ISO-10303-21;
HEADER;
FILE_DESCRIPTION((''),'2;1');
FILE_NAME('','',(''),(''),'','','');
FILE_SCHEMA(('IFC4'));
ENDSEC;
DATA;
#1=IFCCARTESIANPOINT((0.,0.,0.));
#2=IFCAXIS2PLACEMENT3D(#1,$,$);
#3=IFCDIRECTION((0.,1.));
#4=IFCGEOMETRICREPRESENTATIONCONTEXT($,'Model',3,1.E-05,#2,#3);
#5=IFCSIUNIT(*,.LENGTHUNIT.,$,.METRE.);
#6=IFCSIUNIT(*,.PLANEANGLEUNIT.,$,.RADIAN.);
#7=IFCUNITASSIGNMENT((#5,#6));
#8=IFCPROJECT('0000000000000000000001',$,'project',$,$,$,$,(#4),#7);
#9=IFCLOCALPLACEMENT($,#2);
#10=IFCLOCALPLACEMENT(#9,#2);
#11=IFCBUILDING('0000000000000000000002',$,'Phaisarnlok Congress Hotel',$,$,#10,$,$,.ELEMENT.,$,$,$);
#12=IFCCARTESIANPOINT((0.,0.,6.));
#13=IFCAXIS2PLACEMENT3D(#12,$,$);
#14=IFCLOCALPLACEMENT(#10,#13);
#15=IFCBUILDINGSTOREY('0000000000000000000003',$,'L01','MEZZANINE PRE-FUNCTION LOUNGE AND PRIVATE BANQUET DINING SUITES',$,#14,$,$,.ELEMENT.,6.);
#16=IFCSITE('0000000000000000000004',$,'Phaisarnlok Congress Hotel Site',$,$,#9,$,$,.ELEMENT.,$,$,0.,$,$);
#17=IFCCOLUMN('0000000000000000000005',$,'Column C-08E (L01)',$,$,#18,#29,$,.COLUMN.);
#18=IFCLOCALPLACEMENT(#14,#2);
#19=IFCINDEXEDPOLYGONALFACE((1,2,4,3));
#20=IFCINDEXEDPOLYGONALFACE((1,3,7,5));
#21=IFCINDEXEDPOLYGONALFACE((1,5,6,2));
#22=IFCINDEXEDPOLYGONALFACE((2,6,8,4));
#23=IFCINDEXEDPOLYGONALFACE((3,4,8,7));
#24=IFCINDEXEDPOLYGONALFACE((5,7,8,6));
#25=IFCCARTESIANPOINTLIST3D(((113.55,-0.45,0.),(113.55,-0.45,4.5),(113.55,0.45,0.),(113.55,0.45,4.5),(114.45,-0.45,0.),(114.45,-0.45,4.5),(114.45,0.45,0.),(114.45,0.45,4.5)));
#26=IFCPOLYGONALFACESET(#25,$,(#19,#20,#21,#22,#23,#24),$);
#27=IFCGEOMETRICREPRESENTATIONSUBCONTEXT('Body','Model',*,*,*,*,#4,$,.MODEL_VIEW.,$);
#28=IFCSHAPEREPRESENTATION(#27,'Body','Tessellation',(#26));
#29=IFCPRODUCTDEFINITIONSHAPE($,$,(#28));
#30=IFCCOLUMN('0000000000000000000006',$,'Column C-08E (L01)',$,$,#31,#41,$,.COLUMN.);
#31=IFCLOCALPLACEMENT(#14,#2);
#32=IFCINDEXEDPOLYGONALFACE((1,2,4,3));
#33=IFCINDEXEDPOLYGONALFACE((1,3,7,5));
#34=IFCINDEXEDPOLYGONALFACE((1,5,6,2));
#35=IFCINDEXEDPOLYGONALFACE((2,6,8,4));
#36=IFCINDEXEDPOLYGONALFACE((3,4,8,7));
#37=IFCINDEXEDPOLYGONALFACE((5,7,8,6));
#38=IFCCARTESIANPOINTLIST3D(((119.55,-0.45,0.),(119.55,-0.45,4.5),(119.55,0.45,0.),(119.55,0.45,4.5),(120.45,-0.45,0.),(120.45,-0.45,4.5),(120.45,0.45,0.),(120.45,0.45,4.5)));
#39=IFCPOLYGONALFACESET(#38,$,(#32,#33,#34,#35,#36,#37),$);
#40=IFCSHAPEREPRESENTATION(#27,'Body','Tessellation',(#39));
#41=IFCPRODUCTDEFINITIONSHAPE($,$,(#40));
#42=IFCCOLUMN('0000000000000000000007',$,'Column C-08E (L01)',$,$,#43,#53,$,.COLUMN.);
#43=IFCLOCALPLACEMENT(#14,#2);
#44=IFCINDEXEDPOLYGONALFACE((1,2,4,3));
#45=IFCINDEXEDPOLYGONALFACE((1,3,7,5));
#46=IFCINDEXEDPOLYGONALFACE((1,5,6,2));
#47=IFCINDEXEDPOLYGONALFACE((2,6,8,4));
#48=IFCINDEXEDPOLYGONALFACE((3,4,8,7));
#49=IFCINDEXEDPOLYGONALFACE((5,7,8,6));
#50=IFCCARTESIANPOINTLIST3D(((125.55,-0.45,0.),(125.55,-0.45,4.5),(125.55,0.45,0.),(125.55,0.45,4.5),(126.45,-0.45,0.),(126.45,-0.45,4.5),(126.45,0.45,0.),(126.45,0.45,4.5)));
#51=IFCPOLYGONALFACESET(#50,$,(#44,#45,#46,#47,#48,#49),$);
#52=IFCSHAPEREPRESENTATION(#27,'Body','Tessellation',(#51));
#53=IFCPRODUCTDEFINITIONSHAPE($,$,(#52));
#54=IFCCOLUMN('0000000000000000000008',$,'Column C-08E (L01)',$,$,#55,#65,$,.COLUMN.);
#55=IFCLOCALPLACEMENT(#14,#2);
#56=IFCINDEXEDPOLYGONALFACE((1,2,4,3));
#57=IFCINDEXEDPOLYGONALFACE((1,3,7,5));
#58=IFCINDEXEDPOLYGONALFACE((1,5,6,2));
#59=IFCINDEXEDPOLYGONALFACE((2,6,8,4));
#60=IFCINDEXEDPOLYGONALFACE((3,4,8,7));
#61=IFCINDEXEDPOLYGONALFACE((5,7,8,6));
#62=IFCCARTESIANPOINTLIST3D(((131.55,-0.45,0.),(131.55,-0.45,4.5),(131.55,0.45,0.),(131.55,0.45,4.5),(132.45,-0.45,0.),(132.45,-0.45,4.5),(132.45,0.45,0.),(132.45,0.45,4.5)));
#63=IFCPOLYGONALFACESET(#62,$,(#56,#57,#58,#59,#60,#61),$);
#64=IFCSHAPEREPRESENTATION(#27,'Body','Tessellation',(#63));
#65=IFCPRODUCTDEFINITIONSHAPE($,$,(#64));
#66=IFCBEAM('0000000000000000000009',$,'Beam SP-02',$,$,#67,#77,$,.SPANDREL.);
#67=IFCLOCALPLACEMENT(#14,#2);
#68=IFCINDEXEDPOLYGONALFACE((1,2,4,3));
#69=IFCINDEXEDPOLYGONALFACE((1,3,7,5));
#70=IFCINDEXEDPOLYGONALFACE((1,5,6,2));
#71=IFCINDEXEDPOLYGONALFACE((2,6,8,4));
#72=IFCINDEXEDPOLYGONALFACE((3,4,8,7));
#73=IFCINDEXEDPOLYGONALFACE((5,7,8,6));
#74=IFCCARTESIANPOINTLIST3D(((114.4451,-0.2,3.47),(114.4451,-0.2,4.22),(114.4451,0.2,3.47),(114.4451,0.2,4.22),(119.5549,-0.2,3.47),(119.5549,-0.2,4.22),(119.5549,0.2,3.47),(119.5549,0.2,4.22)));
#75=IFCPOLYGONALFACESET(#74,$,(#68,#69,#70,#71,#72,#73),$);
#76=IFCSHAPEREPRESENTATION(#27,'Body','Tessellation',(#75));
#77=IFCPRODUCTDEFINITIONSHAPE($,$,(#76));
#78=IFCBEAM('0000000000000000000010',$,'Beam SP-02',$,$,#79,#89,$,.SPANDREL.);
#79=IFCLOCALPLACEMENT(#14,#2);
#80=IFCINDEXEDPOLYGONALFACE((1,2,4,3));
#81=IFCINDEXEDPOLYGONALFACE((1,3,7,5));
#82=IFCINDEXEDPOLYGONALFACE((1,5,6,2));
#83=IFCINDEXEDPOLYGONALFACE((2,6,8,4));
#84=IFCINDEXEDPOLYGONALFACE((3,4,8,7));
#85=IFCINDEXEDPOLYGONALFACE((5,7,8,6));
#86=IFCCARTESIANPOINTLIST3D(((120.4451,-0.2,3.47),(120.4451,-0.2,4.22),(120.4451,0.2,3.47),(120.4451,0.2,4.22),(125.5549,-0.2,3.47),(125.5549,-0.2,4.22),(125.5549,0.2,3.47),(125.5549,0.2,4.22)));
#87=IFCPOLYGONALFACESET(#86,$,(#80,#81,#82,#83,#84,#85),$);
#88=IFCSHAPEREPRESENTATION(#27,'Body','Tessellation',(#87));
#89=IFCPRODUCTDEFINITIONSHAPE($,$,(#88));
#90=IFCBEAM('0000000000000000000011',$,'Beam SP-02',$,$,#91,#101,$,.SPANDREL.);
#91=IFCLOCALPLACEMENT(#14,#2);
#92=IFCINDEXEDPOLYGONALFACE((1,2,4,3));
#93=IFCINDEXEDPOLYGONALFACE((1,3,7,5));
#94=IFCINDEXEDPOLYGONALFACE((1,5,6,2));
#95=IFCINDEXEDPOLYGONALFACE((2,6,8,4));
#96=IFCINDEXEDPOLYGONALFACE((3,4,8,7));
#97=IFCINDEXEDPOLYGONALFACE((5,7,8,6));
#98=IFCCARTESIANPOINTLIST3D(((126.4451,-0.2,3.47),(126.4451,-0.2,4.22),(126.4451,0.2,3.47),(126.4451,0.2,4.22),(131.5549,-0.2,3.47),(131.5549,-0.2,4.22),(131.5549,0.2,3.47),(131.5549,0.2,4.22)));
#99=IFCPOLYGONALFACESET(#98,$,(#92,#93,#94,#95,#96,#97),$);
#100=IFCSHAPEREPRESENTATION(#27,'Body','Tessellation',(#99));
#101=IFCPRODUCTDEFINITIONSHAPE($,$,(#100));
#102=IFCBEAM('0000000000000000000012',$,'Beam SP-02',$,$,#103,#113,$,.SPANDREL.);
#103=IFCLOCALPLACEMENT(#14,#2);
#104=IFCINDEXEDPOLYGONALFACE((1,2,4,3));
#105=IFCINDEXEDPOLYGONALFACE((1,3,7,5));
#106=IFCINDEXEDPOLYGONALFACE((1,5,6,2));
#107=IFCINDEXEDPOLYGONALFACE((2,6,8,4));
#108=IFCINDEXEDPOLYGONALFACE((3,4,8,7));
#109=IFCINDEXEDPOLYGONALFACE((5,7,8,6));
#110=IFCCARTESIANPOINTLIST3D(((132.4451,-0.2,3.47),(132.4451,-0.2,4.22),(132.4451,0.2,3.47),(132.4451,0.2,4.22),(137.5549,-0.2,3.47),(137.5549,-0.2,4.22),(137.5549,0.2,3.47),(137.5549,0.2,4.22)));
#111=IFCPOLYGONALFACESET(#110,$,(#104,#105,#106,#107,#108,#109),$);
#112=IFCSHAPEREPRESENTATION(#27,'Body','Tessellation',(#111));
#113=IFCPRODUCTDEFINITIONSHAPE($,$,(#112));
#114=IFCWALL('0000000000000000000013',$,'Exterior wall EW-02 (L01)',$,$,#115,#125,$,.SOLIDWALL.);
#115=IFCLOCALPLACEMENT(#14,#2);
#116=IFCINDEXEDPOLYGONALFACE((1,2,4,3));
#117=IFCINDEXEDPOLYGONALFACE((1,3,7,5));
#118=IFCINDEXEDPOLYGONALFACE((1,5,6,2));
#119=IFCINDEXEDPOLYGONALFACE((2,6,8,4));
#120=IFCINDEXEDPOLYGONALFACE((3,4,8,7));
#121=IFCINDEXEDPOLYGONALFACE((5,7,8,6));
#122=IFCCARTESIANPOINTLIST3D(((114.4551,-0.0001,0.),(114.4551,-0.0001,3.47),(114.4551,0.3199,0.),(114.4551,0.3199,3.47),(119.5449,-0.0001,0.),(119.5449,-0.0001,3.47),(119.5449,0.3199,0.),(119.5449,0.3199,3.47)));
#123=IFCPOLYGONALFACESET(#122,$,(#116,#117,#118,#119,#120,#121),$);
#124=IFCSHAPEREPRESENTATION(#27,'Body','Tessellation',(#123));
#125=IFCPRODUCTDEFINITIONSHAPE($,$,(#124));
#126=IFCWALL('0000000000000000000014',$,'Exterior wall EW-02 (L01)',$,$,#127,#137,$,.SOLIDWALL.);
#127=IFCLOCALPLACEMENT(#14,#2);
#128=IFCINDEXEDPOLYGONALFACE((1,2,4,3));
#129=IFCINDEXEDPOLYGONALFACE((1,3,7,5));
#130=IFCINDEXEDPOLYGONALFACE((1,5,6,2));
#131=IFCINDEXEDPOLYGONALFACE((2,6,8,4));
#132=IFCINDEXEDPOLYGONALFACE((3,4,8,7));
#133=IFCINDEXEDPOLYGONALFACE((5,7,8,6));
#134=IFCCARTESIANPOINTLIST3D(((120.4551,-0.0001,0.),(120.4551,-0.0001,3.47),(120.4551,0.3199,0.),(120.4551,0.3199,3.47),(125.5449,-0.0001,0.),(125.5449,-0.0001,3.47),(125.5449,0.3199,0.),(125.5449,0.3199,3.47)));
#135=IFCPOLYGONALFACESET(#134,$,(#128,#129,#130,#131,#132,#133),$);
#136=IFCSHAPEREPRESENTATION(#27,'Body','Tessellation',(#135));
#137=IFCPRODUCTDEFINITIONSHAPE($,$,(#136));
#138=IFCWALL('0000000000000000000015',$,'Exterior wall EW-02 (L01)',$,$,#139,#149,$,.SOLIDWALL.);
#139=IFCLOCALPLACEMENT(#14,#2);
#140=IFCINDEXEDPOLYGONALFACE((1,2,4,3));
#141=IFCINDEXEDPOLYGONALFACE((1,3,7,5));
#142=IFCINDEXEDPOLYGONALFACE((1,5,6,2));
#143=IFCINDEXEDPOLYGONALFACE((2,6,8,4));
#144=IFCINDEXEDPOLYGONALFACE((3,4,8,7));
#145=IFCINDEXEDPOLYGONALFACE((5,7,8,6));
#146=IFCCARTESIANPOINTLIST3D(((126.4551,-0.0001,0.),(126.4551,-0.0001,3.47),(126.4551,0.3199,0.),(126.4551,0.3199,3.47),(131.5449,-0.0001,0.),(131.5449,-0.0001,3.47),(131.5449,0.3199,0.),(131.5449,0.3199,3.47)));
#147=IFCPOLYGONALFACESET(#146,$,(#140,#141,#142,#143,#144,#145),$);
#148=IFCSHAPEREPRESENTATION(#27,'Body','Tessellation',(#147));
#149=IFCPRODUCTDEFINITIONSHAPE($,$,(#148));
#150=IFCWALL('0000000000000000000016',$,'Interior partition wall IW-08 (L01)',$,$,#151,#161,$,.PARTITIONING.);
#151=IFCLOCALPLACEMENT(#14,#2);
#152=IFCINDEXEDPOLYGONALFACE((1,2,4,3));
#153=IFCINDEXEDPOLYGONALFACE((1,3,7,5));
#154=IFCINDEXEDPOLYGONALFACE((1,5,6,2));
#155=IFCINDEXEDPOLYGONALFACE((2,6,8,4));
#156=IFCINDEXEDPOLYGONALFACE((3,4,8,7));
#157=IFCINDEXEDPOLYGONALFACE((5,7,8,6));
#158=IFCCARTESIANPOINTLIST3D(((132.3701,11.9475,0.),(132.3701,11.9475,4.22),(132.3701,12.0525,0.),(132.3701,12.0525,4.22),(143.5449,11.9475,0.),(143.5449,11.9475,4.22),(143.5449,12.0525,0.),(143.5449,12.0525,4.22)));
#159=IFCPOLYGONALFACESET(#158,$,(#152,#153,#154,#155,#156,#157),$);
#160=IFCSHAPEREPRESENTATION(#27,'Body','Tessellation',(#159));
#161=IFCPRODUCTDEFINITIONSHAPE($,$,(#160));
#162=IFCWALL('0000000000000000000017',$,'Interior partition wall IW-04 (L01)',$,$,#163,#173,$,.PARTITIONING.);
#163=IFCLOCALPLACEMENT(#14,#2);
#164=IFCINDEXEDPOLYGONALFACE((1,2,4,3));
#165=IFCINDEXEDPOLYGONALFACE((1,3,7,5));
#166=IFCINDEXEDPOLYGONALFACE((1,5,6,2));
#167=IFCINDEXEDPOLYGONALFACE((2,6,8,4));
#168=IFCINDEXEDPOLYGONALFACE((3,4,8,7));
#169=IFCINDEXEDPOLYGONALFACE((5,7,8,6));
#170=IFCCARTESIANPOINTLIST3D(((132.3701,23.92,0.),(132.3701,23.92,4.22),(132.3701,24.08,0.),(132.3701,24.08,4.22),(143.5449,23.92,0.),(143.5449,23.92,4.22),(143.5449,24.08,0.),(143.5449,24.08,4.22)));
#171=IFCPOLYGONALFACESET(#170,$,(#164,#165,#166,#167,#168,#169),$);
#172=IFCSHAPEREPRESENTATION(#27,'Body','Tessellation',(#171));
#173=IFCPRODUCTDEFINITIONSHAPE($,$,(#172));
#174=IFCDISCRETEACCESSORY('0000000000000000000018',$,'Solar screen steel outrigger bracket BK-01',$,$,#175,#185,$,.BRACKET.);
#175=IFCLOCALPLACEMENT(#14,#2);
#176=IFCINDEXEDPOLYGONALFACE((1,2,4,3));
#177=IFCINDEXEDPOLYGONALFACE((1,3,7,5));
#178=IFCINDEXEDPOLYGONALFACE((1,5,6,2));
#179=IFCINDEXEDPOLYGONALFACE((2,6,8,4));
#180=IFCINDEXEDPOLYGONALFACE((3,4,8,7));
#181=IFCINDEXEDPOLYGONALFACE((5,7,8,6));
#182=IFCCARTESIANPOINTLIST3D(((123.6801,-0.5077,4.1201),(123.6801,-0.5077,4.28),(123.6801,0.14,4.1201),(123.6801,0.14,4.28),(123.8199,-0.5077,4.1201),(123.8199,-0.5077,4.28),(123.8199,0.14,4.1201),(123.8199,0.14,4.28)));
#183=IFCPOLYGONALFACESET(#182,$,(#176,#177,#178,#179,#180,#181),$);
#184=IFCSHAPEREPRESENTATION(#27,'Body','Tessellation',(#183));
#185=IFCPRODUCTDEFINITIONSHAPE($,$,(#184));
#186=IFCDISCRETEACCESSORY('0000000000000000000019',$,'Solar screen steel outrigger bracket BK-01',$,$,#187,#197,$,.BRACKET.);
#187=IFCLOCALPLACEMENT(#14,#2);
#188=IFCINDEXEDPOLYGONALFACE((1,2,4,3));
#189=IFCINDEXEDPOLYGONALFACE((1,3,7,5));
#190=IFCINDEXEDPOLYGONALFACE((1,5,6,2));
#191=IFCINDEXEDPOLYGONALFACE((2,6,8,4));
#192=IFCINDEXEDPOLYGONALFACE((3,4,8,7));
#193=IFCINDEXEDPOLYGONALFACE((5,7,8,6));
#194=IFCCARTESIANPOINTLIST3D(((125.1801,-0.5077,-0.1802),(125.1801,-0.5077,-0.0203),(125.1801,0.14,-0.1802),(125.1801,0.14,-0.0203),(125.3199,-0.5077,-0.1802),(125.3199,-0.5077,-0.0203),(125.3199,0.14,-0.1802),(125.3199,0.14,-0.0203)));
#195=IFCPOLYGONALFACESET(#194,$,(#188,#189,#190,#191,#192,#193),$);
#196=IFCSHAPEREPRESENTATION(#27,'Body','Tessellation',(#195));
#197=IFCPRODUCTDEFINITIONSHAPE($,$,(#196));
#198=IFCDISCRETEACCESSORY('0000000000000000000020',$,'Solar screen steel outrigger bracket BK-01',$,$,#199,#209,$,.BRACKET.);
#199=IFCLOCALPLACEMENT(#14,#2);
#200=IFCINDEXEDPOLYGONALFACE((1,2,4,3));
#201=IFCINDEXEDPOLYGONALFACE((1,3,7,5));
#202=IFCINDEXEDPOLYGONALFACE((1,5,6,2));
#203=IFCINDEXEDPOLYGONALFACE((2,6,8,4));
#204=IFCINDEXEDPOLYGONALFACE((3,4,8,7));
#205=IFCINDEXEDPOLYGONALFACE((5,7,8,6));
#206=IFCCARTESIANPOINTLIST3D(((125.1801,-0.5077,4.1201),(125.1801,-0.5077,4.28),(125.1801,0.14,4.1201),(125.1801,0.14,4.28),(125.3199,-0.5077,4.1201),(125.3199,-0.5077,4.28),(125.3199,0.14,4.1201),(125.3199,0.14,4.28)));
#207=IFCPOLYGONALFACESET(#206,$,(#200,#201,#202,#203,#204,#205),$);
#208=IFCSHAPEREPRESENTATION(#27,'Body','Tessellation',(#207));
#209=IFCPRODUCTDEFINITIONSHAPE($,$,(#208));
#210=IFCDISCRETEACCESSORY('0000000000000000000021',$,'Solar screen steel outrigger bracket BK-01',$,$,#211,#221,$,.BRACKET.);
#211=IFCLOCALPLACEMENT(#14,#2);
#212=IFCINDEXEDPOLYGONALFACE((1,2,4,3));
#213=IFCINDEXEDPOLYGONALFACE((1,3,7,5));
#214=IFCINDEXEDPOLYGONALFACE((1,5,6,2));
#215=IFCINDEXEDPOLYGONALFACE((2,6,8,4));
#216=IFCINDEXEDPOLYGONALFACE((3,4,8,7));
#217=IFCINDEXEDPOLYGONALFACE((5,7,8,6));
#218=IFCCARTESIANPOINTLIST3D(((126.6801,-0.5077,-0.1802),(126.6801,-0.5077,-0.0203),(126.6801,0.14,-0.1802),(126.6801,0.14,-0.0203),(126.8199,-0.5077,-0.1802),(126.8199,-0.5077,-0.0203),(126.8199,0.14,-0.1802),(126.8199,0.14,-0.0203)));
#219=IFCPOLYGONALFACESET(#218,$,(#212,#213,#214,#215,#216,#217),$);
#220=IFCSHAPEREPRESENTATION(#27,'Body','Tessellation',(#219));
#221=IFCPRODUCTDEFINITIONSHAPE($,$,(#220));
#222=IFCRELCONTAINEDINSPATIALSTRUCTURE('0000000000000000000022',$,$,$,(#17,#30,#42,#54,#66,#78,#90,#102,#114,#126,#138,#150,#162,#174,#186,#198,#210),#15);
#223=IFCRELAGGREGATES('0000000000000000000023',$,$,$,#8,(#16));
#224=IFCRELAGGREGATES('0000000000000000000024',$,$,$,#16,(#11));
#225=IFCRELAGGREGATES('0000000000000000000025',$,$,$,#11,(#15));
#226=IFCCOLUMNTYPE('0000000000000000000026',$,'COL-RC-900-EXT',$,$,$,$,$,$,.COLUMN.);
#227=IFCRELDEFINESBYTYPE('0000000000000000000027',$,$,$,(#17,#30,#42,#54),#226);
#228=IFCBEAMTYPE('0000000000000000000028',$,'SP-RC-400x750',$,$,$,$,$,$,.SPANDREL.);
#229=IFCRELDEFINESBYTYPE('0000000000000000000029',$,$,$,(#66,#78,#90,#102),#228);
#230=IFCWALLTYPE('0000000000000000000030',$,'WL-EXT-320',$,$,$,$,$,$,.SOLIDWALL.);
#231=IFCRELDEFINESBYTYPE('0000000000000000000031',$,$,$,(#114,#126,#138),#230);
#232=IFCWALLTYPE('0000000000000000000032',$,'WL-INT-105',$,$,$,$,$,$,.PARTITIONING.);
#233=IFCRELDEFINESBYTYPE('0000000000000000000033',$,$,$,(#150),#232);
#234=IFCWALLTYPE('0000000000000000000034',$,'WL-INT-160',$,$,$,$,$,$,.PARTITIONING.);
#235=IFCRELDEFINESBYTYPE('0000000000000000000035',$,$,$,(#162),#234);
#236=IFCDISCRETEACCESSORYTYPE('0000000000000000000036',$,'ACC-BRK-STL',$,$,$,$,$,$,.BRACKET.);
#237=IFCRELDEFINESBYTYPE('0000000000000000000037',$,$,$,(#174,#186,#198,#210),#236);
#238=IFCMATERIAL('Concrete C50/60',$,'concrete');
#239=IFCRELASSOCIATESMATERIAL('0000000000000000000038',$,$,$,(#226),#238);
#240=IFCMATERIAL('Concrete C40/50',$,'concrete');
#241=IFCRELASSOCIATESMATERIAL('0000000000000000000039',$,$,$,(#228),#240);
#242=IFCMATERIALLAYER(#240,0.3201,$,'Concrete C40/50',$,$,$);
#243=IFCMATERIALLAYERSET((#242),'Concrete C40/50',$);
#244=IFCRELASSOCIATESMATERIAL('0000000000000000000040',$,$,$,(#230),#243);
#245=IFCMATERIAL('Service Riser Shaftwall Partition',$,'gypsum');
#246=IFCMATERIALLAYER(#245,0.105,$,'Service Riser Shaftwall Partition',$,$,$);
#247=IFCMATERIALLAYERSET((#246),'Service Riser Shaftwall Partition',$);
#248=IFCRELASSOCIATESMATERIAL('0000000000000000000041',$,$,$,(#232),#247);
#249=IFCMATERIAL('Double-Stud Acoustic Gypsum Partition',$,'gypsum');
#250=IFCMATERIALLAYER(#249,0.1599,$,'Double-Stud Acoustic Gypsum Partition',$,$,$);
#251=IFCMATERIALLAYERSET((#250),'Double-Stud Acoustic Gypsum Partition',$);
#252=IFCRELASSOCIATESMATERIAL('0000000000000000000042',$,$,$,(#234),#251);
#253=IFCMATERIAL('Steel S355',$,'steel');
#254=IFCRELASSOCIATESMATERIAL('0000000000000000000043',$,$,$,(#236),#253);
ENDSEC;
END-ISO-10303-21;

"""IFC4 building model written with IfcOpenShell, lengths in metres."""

from ifc_helpers import new_model, si_unit, direction, frame, frame_2d, origin, origin_2d, place, context, subcontext, project, spatial, rectangle, extrude, material, layer, layer_set, material_profile, profile_set, type_object, element, save


model = new_model("IFC4")

# Units and contexts
model_context = context("Model", 3, precision=1e-05, world=origin(), true_north=direction((0.0, 1.0)))
body_context = subcontext(model_context, "Body", "Model", "MODEL_VIEW")
ifc_project = project(units=[si_unit("LENGTHUNIT", "METRE"), si_unit("PLANEANGLEUNIT", "RADIAN")], contexts=[model_context])

# Site, building, storey
site_placement = place(None, origin())
site = spatial("IfcSite", under=ifc_project, at=site_placement, Name="Phaisarnlok Congress Hotel Site", CompositionType="ELEMENT", RefElevation=0.0)
building_placement = place(site_placement, origin())
building = spatial("IfcBuilding", under=site, at=building_placement, Name="Phaisarnlok Congress Hotel", CompositionType="ELEMENT")
storey_placement = place(building_placement, frame((0.0, 0.0, 6.0)))
storey = spatial("IfcBuildingStorey", under=building, at=storey_placement, Name="L01", Description="MEZZANINE PRE-FUNCTION LOUNGE AND PRIVATE BANQUET DINING SUITES", CompositionType="ELEMENT", Elevation=6.0)

# Columns
ifc_material_1 = material(Name="Concrete C50/60", Category="concrete")
ifc_material_profile_1 = material_profile(ifc_material_1, rectangle(XDim=0.8999, YDim=0.8999, at=origin_2d()), Name="RC 900x900")
ifc_profile_set_1 = profile_set([ifc_material_profile_1], Name="Concrete C50/60")
column_type = type_object("IfcColumnType", Name="COL-RC-900-EXT", PredefinedType="COLUMN", material=ifc_profile_set_1)
for number, where, z_axis, x_axis, name in (
    (1, (114.0, 0.0, 0.0), (0.0, 0.0, 1.0), (1.0, 0.0, 0.0), "Column C-08E (L01)"),
    (2, (120.0, 0.0, 0.0), (0.0, 0.0, 1.0), (1.0, 0.0, 0.0), "Column C-08E (L01)"),
    (3, (126.0, 0.0, 0.0), (0.0, 0.0, 1.0), (1.0, 0.0, 0.0), "Column C-08E (L01)"),
    (4, (132.0, 0.0, 0.0), (0.0, 0.0, 1.0), (1.0, 0.0, 0.0), "Column C-08E (L01)"),
):
    element("IfcColumn", number, at=place(storey_placement, frame(where, z_axis=z_axis, x_axis=x_axis)), inside=storey, type_object=column_type, Name=name, PredefinedType="COLUMN", context=body_context, shape_type="SweptSolid", body=[
        extrude(rectangle(XDim=0.8999, YDim=0.8999, at=origin_2d()), origin(), (0.0, 0.0, 1.0), 4.5),
    ])

# Beams
ifc_material_2 = material(Name="Concrete C40/50", Category="concrete")
ifc_material_profile_2 = material_profile(ifc_material_2, rectangle(XDim=0.3999, YDim=0.75, at=origin_2d()), Name="RC 400x750")
ifc_profile_set_2 = profile_set([ifc_material_profile_2], Name="Concrete C40/50")
beam_type = type_object("IfcBeamType", Name="SP-RC-400x750", PredefinedType="SPANDREL", material=ifc_profile_set_2)
for number, where, z_axis, x_axis, name in (
    (5, (114.4451, 0.0, 3.845), (1.0, 0.0, 0.0), (0.0, 1.0, 0.0), "Beam SP-02"),
    (6, (120.4451, 0.0, 3.845), (1.0, 0.0, 0.0), (0.0, 1.0, 0.0), "Beam SP-02"),
    (7, (126.4451, 0.0, 3.845), (1.0, 0.0, 0.0), (0.0, 1.0, 0.0), "Beam SP-02"),
    (8, (132.4451, 0.0, 3.845), (1.0, 0.0, 0.0), (0.0, 1.0, 0.0), "Beam SP-02"),
):
    element("IfcBeam", number, at=place(storey_placement, frame(where, z_axis=z_axis, x_axis=x_axis)), inside=storey, type_object=beam_type, Name=name, PredefinedType="SPANDREL", context=body_context, shape_type="SweptSolid", body=[
        extrude(rectangle(XDim=0.3999, YDim=0.75, at=origin_2d()), origin(), (0.0, 0.0, 1.0), 5.1099),
    ])

# Walls
ifc_layer_1 = layer(ifc_material_2, 0.3201, Name="Concrete C40/50")
ifc_layer_set_1 = layer_set([ifc_layer_1], Name="Concrete C40/50")
wall_type_1 = type_object("IfcWallType", Name="WL-EXT-320", PredefinedType="SOLIDWALL", material=ifc_layer_set_1)
for number, where, z_axis, x_axis, name in (
    (9, (114.4551, 0.1599, 0.0), (0.0, 0.0, 1.0), (1.0, 0.0, 0.0), "Exterior wall EW-02 (L01)"),
    (10, (120.4551, 0.1599, 0.0), (0.0, 0.0, 1.0), (1.0, 0.0, 0.0), "Exterior wall EW-02 (L01)"),
    (11, (126.4551, 0.1599, 0.0), (0.0, 0.0, 1.0), (1.0, 0.0, 0.0), "Exterior wall EW-02 (L01)"),
):
    element("IfcWall", number, at=place(storey_placement, frame(where, z_axis=z_axis, x_axis=x_axis)), inside=storey, type_object=wall_type_1, Name=name, PredefinedType="SOLIDWALL", context=body_context, shape_type="SweptSolid", body=[
        extrude(rectangle(XDim=5.0898, YDim=0.3201, at=frame_2d((2.5449, 0.0))), origin(), (0.0, 0.0, 1.0), 3.47),
    ])
ifc_material_3 = material(Name="Service Riser Shaftwall Partition", Category="gypsum")
ifc_layer_2 = layer(ifc_material_3, 0.105, Name="Service Riser Shaftwall Partition")
ifc_layer_set_2 = layer_set([ifc_layer_2], Name="Service Riser Shaftwall Partition")
wall_type_2 = type_object("IfcWallType", Name="WL-INT-105", PredefinedType="PARTITIONING", material=ifc_layer_set_2)
wall_1_placement = place(storey_placement, frame((132.3701, 12.0, 0.0), z_axis=(0.0, 0.0, 1.0), x_axis=(1.0, 0.0, 0.0)))
element("IfcWall", 12, at=wall_1_placement, inside=storey, type_object=wall_type_2, Name="Interior partition wall IW-08 (L01)", PredefinedType="PARTITIONING", context=body_context, shape_type="SweptSolid", body=[
    extrude(rectangle(XDim=11.1748, YDim=0.105, at=frame_2d((5.5874, 0.0))), origin(), (0.0, 0.0, 1.0), 4.22),
])
ifc_material_4 = material(Name="Double-Stud Acoustic Gypsum Partition", Category="gypsum")
ifc_layer_3 = layer(ifc_material_4, 0.1599, Name="Double-Stud Acoustic Gypsum Partition")
ifc_layer_set_3 = layer_set([ifc_layer_3], Name="Double-Stud Acoustic Gypsum Partition")
wall_type_3 = type_object("IfcWallType", Name="WL-INT-160", PredefinedType="PARTITIONING", material=ifc_layer_set_3)
wall_2_placement = place(storey_placement, frame((132.3701, 24.0, 0.0), z_axis=(0.0, 0.0, 1.0), x_axis=(1.0, 0.0, 0.0)))
element("IfcWall", 13, at=wall_2_placement, inside=storey, type_object=wall_type_3, Name="Interior partition wall IW-04 (L01)", PredefinedType="PARTITIONING", context=body_context, shape_type="SweptSolid", body=[
    extrude(rectangle(XDim=11.1748, YDim=0.1599, at=frame_2d((5.5874, 0.0))), origin(), (0.0, 0.0, 1.0), 4.22),
])

# Discrete accessories
ifc_material_5 = material(Name="Steel S355", Category="steel")
discrete_accessory_type = type_object("IfcDiscreteAccessoryType", Name="ACC-BRK-STL", PredefinedType="BRACKET", material=ifc_material_5)
for number, where, z_axis, x_axis, name in (
    (14, (123.75, -0.1838, 4.1201), (0.0, 0.0, 1.0), (1.0, 0.0, 0.0), "Solar screen steel outrigger bracket BK-01"),
    (15, (125.25, -0.1838, -0.1802), (0.0, 0.0, 1.0), (1.0, 0.0, 0.0), "Solar screen steel outrigger bracket BK-01"),
    (16, (125.25, -0.1838, 4.1201), (0.0, 0.0, 1.0), (1.0, 0.0, 0.0), "Solar screen steel outrigger bracket BK-01"),
    (17, (126.75, -0.1838, -0.1802), (0.0, 0.0, 1.0), (1.0, 0.0, 0.0), "Solar screen steel outrigger bracket BK-01"),
):
    element("IfcDiscreteAccessory", number, at=place(storey_placement, frame(where, z_axis=z_axis, x_axis=x_axis)), inside=storey, type_object=discrete_accessory_type, Name=name, PredefinedType="BRACKET", context=body_context, shape_type="SweptSolid", body=[
        extrude(rectangle(XDim=0.1399, YDim=0.6477, at=origin_2d()), origin(), (0.0, 0.0, 1.0), 0.1599),
    ])

save(model, "model.ifc")
